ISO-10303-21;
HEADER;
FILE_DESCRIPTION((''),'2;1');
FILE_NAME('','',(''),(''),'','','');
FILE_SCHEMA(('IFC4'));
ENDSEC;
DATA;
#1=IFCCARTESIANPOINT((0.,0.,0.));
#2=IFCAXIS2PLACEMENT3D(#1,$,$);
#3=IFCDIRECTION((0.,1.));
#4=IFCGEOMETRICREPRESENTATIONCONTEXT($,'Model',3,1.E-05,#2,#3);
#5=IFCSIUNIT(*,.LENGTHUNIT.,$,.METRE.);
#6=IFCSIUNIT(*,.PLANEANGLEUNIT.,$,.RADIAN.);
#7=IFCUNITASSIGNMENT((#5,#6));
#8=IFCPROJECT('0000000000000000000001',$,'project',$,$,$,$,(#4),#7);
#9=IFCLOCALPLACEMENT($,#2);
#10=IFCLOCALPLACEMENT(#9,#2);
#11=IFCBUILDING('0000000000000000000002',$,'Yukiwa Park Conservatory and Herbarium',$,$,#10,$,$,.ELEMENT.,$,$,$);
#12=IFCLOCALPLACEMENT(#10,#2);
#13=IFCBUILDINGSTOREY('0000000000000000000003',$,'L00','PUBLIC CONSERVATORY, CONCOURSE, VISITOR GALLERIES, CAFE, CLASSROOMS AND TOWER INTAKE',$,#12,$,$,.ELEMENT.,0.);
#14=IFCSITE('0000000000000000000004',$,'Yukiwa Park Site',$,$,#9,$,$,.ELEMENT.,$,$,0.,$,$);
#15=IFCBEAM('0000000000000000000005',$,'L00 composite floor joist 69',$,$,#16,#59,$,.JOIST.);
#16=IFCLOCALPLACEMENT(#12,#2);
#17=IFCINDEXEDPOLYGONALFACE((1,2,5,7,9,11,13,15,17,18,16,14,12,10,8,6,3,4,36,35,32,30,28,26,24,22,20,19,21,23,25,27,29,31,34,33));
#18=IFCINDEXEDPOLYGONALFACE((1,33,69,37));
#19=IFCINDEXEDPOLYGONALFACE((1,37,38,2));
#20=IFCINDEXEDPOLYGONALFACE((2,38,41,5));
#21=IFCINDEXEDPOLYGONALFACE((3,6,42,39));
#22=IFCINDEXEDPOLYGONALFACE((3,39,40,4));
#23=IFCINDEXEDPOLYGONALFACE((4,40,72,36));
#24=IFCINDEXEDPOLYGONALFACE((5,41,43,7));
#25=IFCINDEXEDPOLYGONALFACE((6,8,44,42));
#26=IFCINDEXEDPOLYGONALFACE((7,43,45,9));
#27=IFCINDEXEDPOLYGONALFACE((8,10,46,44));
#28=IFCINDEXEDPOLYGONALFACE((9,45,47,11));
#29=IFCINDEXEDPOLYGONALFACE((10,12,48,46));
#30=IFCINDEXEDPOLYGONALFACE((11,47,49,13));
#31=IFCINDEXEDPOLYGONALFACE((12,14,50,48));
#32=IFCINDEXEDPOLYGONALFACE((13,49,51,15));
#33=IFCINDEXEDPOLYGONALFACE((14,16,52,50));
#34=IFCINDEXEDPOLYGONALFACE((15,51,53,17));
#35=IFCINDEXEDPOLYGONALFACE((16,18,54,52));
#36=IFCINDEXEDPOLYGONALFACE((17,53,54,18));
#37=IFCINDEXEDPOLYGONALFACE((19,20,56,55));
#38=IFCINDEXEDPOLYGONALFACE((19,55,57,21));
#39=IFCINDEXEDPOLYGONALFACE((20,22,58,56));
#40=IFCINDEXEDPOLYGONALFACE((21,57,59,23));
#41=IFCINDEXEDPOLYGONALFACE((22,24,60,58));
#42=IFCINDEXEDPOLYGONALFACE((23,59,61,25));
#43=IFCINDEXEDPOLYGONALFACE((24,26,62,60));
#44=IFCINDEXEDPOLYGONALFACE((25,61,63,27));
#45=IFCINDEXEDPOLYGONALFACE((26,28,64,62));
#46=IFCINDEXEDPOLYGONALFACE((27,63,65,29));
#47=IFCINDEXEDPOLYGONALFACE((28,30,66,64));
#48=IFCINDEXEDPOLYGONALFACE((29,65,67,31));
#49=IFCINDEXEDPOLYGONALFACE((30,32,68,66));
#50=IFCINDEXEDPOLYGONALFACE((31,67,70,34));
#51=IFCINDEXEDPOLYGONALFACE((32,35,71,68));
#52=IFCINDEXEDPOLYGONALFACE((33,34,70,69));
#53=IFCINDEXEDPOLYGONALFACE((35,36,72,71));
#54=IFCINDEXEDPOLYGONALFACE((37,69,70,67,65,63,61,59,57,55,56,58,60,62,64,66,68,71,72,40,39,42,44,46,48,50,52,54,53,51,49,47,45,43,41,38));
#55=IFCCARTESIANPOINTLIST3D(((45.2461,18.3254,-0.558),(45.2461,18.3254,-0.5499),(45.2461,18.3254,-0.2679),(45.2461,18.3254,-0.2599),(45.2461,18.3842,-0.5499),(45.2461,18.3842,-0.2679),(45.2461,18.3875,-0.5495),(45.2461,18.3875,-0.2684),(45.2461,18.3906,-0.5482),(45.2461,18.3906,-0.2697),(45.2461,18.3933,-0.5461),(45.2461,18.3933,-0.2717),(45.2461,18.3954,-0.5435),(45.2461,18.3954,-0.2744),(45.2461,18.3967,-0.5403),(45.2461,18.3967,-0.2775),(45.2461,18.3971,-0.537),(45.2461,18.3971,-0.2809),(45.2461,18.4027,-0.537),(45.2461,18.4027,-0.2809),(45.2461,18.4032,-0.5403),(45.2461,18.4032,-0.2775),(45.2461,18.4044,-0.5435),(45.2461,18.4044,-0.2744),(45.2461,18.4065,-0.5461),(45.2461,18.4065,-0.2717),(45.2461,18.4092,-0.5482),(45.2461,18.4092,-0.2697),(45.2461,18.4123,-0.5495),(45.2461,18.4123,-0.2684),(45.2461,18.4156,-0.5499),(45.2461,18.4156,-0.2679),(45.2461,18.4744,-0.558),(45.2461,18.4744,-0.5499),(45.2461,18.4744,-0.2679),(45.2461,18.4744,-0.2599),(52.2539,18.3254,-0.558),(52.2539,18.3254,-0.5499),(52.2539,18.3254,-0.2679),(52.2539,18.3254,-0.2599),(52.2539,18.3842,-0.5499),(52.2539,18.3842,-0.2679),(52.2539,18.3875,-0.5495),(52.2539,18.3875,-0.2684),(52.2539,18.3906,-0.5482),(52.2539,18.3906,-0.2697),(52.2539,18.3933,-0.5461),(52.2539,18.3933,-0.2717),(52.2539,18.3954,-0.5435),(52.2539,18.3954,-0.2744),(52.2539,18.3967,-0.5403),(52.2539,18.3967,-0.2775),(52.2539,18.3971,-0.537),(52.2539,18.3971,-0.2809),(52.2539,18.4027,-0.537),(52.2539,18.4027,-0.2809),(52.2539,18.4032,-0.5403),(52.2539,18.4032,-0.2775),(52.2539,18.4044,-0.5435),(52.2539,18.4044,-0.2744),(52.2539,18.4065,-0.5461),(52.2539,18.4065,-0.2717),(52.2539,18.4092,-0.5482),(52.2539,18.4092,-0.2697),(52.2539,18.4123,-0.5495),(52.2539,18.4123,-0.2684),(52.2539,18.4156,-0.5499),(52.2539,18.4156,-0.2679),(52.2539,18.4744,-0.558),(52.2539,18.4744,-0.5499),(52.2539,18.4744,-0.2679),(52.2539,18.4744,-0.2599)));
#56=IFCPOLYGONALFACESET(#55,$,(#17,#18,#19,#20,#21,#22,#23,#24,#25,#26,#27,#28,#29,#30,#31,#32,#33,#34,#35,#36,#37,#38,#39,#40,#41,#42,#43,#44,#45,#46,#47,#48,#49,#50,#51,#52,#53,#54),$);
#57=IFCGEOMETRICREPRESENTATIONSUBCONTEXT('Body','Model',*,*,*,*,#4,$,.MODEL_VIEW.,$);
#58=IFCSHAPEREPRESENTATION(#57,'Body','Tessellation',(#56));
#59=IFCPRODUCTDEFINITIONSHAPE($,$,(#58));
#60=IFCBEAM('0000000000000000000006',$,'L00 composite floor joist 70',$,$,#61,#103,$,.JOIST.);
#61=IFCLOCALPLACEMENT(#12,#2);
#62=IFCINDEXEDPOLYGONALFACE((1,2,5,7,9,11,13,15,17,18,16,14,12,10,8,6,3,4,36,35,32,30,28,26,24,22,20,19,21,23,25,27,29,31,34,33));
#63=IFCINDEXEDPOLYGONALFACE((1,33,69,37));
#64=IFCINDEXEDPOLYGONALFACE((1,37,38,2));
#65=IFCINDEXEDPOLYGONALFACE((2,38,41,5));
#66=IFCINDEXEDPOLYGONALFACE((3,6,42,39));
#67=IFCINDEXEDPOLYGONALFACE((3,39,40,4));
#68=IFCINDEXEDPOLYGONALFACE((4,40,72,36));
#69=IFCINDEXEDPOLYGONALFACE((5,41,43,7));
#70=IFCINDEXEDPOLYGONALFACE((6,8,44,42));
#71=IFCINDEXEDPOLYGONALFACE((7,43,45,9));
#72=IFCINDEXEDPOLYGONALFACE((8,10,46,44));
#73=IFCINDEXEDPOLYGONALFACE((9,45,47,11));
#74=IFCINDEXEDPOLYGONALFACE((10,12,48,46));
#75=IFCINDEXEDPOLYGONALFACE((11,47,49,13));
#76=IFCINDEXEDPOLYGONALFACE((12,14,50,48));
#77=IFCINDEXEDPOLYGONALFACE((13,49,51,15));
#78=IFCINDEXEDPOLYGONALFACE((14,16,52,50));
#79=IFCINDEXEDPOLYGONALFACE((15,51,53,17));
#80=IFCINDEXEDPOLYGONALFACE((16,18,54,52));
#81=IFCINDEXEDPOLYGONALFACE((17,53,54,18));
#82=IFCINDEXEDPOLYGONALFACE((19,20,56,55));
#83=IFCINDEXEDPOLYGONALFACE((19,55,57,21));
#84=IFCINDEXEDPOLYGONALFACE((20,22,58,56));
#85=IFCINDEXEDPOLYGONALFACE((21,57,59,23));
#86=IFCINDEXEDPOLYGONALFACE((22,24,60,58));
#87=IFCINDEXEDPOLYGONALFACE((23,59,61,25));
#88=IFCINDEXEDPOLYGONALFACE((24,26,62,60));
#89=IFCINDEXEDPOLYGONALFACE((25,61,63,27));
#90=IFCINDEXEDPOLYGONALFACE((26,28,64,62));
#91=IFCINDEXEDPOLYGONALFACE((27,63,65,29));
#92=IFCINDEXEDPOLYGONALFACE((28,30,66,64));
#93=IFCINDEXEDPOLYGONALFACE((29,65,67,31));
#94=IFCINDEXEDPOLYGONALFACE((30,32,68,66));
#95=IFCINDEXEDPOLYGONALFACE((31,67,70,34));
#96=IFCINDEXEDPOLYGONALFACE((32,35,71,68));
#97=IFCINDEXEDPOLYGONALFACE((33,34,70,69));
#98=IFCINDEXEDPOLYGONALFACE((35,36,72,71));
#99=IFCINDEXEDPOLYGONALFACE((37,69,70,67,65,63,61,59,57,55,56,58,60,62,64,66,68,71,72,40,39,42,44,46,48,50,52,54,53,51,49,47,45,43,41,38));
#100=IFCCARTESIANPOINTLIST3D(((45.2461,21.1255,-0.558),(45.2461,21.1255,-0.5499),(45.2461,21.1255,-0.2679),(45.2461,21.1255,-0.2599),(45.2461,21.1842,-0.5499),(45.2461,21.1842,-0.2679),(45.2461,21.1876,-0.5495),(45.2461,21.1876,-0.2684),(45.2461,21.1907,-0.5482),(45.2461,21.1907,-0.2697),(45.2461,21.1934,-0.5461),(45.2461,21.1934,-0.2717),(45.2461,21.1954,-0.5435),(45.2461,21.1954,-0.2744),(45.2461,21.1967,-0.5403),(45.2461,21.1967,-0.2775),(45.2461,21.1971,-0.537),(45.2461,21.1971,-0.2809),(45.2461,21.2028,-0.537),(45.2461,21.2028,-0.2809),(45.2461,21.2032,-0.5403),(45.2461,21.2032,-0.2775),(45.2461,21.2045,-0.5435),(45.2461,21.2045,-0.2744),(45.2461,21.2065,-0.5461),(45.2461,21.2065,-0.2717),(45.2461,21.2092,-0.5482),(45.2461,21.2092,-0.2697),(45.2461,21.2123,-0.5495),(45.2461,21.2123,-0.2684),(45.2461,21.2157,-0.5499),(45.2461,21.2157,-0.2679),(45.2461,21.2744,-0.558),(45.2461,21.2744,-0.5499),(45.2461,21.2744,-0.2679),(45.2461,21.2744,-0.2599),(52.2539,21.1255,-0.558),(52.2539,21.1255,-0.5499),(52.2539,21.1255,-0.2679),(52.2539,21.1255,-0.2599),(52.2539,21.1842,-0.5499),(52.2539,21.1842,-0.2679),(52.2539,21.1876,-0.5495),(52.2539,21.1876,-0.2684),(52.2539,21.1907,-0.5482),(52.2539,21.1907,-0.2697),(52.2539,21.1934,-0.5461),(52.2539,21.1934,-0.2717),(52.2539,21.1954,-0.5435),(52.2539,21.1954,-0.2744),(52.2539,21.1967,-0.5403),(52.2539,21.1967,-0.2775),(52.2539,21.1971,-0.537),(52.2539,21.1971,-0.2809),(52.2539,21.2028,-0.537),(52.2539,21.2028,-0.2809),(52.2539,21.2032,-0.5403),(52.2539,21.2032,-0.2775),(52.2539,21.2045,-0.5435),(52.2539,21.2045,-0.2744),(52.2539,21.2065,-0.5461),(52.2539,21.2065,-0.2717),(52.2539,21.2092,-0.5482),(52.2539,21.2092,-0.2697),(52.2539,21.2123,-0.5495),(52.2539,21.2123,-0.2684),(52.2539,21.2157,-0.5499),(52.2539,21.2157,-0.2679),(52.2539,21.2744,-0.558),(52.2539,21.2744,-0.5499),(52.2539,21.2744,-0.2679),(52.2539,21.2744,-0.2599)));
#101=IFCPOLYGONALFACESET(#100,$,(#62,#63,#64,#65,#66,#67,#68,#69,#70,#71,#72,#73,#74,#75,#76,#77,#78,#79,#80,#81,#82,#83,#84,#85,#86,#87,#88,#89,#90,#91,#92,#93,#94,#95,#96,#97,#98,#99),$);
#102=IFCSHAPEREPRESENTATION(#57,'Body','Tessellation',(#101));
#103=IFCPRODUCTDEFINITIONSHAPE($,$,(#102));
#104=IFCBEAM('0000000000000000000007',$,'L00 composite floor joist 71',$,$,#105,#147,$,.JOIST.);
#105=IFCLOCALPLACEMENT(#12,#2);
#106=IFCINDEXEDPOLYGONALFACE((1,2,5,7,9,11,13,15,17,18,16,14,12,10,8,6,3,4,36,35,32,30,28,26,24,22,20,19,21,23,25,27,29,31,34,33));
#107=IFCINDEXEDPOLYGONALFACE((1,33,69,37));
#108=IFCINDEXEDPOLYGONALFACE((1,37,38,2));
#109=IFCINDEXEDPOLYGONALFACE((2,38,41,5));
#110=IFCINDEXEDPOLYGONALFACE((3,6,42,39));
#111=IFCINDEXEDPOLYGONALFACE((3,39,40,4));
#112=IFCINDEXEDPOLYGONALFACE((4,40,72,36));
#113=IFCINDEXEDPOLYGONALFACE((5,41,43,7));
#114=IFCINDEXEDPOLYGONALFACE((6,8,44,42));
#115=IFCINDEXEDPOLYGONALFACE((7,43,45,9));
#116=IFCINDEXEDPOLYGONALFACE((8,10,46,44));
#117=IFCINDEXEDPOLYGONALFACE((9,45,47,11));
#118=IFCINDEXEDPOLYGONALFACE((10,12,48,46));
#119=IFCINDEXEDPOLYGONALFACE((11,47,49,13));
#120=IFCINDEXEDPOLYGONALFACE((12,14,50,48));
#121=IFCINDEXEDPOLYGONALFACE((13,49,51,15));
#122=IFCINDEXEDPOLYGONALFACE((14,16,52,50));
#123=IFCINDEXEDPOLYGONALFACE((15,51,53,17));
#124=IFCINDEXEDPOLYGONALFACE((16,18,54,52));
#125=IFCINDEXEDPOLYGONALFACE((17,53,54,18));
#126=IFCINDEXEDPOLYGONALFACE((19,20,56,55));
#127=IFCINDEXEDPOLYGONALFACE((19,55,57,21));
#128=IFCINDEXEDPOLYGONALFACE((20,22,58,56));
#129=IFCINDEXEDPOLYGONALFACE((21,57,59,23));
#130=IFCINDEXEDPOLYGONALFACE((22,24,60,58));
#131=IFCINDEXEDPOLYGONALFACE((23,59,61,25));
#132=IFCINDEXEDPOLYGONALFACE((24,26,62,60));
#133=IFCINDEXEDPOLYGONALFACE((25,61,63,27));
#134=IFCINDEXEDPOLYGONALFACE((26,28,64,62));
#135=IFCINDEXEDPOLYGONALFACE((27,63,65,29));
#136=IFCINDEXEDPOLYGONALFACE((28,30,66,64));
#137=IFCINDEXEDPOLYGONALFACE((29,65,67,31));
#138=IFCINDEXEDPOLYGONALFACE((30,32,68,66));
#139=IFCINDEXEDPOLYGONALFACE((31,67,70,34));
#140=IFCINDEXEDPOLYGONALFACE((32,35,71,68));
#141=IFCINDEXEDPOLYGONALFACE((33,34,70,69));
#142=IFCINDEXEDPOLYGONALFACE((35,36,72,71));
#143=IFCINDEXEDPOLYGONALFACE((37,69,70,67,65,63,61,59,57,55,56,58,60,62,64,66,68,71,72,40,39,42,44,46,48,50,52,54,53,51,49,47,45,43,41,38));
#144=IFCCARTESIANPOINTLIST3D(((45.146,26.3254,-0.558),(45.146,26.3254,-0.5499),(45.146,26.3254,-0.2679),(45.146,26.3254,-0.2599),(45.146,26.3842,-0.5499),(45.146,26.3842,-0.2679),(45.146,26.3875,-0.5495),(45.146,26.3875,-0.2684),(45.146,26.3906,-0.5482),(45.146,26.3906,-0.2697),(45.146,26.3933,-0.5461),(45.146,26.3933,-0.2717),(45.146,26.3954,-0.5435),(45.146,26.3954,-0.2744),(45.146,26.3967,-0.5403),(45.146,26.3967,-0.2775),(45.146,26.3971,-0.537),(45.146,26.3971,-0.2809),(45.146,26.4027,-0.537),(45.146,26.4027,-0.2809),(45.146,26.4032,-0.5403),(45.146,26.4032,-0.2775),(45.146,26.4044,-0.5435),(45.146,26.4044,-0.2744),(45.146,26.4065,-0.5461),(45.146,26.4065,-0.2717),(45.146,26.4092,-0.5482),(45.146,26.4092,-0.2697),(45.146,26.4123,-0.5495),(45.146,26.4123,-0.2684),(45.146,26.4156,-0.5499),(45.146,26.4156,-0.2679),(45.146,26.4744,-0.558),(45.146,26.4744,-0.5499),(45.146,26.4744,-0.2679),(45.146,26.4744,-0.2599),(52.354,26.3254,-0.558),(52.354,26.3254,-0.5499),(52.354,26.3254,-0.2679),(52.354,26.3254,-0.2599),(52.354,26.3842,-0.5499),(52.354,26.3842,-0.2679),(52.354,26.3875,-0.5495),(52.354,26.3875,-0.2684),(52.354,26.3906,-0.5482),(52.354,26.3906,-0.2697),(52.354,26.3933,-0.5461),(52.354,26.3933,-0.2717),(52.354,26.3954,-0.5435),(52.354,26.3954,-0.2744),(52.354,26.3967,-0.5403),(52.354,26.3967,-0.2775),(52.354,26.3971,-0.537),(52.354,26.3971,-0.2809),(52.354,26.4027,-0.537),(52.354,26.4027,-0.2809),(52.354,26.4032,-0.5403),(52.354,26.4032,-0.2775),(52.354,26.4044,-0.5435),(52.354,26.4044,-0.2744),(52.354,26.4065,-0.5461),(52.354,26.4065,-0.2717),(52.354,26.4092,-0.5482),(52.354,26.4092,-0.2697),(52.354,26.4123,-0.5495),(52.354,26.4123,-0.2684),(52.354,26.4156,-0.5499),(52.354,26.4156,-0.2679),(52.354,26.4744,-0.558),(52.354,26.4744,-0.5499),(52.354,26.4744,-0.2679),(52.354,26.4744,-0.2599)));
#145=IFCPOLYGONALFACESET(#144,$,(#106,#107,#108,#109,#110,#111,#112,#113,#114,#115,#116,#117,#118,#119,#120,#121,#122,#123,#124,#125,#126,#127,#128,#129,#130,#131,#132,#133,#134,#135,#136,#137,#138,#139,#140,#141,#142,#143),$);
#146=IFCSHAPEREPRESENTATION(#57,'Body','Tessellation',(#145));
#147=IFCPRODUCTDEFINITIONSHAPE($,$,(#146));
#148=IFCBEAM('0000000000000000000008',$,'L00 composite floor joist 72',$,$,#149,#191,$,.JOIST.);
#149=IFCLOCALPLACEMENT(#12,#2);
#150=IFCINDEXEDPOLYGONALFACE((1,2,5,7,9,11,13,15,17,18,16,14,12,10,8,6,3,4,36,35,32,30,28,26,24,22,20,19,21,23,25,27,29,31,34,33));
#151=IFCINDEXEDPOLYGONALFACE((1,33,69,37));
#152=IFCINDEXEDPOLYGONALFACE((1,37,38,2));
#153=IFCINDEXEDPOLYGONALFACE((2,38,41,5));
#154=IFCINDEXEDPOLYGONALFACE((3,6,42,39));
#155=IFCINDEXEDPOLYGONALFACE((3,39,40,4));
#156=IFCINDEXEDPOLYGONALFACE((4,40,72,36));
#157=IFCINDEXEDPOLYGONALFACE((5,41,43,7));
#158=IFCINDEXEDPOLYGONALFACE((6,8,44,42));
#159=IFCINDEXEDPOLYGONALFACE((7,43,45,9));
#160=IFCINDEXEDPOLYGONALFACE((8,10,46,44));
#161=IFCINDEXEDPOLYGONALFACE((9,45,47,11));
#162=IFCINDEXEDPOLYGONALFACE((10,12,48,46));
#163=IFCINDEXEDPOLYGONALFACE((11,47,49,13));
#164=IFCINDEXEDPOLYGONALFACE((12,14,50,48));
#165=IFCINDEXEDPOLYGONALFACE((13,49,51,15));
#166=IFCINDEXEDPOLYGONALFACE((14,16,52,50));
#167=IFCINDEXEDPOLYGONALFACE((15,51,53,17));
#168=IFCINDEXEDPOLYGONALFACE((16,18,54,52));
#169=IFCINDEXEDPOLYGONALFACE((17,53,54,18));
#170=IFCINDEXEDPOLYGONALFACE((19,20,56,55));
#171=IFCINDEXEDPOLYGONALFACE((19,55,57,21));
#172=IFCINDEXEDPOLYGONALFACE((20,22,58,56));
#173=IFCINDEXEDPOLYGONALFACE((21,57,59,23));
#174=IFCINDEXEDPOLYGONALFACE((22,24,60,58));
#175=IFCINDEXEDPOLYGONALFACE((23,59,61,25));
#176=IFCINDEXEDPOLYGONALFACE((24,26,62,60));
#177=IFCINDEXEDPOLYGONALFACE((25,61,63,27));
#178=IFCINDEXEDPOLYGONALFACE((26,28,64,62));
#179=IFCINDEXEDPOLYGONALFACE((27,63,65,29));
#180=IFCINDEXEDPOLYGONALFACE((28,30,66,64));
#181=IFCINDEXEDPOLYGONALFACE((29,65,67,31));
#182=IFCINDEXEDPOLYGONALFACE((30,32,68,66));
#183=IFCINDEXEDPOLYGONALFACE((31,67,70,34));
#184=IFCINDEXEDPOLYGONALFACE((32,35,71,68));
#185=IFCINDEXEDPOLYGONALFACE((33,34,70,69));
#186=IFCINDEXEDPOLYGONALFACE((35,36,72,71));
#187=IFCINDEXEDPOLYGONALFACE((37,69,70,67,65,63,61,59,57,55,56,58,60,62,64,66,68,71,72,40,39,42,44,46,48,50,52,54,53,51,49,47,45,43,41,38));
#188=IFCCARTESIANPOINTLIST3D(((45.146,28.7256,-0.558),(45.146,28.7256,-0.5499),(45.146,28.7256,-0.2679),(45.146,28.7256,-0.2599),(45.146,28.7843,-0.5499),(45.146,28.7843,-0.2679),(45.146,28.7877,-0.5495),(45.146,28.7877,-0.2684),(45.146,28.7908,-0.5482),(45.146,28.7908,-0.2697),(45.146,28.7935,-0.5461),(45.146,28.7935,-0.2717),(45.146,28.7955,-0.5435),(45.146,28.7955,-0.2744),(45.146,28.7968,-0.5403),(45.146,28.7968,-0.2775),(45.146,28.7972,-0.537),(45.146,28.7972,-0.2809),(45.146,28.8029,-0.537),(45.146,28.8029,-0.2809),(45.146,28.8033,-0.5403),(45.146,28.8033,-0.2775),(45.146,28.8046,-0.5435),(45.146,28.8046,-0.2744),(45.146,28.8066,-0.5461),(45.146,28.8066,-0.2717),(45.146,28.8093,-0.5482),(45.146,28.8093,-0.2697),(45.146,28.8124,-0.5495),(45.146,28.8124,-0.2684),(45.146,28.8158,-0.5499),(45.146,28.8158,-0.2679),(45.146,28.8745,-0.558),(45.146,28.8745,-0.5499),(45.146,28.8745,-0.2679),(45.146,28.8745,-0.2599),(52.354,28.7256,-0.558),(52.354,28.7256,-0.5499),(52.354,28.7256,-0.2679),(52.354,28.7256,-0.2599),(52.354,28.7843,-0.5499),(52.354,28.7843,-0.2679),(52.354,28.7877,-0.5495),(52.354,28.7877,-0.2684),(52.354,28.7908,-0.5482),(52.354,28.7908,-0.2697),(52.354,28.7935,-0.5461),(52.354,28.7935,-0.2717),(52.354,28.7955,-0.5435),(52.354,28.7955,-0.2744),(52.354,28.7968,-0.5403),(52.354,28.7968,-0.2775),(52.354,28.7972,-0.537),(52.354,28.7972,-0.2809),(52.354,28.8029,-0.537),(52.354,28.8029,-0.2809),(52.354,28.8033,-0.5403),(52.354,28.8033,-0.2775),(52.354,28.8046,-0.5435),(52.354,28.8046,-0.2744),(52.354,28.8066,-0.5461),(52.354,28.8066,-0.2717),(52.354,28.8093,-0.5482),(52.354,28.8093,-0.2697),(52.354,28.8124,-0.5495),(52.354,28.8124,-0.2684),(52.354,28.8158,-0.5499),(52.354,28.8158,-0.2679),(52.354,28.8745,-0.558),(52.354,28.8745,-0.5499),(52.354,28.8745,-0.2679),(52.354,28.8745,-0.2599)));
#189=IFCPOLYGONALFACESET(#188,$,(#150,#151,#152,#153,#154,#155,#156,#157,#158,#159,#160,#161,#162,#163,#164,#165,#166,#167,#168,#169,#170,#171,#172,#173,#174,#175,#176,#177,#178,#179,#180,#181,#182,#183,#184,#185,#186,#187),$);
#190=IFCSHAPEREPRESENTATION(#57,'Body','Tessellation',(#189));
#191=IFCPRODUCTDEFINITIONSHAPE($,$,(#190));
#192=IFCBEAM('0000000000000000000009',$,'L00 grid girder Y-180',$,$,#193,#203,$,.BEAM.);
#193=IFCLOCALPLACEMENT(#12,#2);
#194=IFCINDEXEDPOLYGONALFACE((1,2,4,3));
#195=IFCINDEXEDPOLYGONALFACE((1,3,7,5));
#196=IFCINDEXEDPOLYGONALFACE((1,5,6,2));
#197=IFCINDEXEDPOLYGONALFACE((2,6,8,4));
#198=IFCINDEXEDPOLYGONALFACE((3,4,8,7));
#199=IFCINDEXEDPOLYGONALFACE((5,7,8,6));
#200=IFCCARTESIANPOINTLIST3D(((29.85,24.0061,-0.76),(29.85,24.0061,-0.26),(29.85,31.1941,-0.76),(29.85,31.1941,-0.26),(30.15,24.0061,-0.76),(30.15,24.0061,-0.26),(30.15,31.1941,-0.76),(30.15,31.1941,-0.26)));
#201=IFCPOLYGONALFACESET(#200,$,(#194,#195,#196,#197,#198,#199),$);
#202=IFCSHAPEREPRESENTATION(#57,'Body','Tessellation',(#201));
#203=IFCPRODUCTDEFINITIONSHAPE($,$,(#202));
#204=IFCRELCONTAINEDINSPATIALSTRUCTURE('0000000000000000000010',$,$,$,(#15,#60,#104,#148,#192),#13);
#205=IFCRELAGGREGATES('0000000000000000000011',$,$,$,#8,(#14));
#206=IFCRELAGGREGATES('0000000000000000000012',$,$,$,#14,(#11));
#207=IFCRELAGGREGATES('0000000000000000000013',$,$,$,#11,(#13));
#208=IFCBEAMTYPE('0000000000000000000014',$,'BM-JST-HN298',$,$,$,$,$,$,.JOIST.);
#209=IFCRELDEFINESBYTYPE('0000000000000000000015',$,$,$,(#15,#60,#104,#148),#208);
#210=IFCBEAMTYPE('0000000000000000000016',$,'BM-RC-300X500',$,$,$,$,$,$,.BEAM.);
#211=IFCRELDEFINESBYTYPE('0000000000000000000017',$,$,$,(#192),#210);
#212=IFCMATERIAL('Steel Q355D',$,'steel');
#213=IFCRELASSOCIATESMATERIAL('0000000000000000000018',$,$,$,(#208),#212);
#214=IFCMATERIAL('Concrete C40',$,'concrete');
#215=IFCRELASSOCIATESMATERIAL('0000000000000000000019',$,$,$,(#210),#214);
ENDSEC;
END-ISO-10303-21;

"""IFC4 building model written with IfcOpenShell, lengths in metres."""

from ifc_helpers import new_model, si_unit, direction, frame, origin, origin_2d, place, context, subcontext, project, spatial, rectangle, i_section, extrude, material, material_profile, profile_set, type_object, element, save


model = new_model("IFC4")

# Units and contexts
model_context = context("Model", 3, precision=1e-05, world=origin(), true_north=direction((0.0, 1.0)))
body_context = subcontext(model_context, "Body", "Model", "MODEL_VIEW")
ifc_project = project(units=[si_unit("LENGTHUNIT", "METRE"), si_unit("PLANEANGLEUNIT", "RADIAN")], contexts=[model_context])

# Site, building, storey
site_placement = place(None, origin())
site = spatial("IfcSite", under=ifc_project, at=site_placement, Name="Yukiwa Park Site", CompositionType="ELEMENT", RefElevation=0.0)
building_placement = place(site_placement, origin())
building = spatial("IfcBuilding", under=site, at=building_placement, Name="Yukiwa Park Conservatory and Herbarium", CompositionType="ELEMENT")
storey_placement = place(building_placement, origin())
storey = spatial("IfcBuildingStorey", under=building, at=storey_placement, Name="L00", Description="PUBLIC CONSERVATORY, CONCOURSE, VISITOR GALLERIES, CAFE, CLASSROOMS AND TOWER INTAKE", CompositionType="ELEMENT", Elevation=0.0)

# Beams
ifc_material_1 = material(Name="Steel Q355D", Category="steel")
ifc_material_profile_1 = material_profile(ifc_material_1, i_section(OverallWidth=0.1489, OverallDepth=0.2981, WebThickness=0.0056, FlangeThickness=0.0081, FilletRadius=0.0129, at=origin_2d()), Name="HN 298x149x5.5x8")
ifc_profile_set_1 = profile_set([ifc_material_profile_1], Name="Steel Q355D")
beam_type_1 = type_object("IfcBeamType", Name="BM-JST-HN298", PredefinedType="JOIST", material=ifc_profile_set_1)
for number, where, z_axis, x_axis, name in (
    (1, (45.2461, 18.3999, -0.4089), (1.0, 0.0, 0.0), (0.0, 1.0, 0.0), "L00 composite floor joist 69"),
    (2, (45.2461, 21.2, -0.4089), (1.0, 0.0, 0.0), (0.0, 1.0, 0.0), "L00 composite floor joist 70"),
):
    element("IfcBeam", number, at=place(storey_placement, frame(where, z_axis=z_axis, x_axis=x_axis)), inside=storey, type_object=beam_type_1, Name=name, PredefinedType="JOIST", context=body_context, shape_type="SweptSolid", body=[
        extrude(i_section(OverallWidth=0.1489, OverallDepth=0.2981, WebThickness=0.0056, FlangeThickness=0.0081, FilletRadius=0.0129, at=origin_2d()), origin(), (0.0, 0.0, 1.0), 7.0078),
    ])
for number, where, z_axis, x_axis, name in (
    (3, (45.146, 26.3999, -0.4089), (1.0, 0.0, 0.0), (0.0, 1.0, 0.0), "L00 composite floor joist 71"),
    (4, (45.146, 28.8, -0.4089), (1.0, 0.0, 0.0), (0.0, 1.0, 0.0), "L00 composite floor joist 72"),
):
    element("IfcBeam", number, at=place(storey_placement, frame(where, z_axis=z_axis, x_axis=x_axis)), inside=storey, type_object=beam_type_1, Name=name, PredefinedType="JOIST", context=body_context, shape_type="SweptSolid", body=[
        extrude(i_section(OverallWidth=0.1489, OverallDepth=0.2981, WebThickness=0.0056, FlangeThickness=0.0081, FilletRadius=0.0129, at=origin_2d()), origin(), (0.0, 0.0, 1.0), 7.208),
    ])
ifc_material_2 = material(Name="Concrete C40", Category="concrete")
ifc_material_profile_2 = material_profile(ifc_material_2, rectangle(XDim=0.3, YDim=0.5, at=origin_2d()), Name="RC 300x500")
ifc_profile_set_2 = profile_set([ifc_material_profile_2], Name="Concrete C40")
beam_type_2 = type_object("IfcBeamType", Name="BM-RC-300X500", PredefinedType="BEAM", material=ifc_profile_set_2)
for number, where, z_axis, x_axis, name in (
    (5, (30.0, 24.0061, -0.51), (0.0, 1.0, 0.0), (-1.0, 0.0, 0.0), "L00 grid girder Y-180"),
):
    element("IfcBeam", number, at=place(storey_placement, frame(where, z_axis=z_axis, x_axis=x_axis)), inside=storey, type_object=beam_type_2, Name=name, PredefinedType="BEAM", context=body_context, shape_type="SweptSolid", body=[
        extrude(rectangle(XDim=0.3, YDim=0.5, at=origin_2d()), origin(), (0.0, 0.0, 1.0), 7.188),
    ])

save(model, "model.ifc")
